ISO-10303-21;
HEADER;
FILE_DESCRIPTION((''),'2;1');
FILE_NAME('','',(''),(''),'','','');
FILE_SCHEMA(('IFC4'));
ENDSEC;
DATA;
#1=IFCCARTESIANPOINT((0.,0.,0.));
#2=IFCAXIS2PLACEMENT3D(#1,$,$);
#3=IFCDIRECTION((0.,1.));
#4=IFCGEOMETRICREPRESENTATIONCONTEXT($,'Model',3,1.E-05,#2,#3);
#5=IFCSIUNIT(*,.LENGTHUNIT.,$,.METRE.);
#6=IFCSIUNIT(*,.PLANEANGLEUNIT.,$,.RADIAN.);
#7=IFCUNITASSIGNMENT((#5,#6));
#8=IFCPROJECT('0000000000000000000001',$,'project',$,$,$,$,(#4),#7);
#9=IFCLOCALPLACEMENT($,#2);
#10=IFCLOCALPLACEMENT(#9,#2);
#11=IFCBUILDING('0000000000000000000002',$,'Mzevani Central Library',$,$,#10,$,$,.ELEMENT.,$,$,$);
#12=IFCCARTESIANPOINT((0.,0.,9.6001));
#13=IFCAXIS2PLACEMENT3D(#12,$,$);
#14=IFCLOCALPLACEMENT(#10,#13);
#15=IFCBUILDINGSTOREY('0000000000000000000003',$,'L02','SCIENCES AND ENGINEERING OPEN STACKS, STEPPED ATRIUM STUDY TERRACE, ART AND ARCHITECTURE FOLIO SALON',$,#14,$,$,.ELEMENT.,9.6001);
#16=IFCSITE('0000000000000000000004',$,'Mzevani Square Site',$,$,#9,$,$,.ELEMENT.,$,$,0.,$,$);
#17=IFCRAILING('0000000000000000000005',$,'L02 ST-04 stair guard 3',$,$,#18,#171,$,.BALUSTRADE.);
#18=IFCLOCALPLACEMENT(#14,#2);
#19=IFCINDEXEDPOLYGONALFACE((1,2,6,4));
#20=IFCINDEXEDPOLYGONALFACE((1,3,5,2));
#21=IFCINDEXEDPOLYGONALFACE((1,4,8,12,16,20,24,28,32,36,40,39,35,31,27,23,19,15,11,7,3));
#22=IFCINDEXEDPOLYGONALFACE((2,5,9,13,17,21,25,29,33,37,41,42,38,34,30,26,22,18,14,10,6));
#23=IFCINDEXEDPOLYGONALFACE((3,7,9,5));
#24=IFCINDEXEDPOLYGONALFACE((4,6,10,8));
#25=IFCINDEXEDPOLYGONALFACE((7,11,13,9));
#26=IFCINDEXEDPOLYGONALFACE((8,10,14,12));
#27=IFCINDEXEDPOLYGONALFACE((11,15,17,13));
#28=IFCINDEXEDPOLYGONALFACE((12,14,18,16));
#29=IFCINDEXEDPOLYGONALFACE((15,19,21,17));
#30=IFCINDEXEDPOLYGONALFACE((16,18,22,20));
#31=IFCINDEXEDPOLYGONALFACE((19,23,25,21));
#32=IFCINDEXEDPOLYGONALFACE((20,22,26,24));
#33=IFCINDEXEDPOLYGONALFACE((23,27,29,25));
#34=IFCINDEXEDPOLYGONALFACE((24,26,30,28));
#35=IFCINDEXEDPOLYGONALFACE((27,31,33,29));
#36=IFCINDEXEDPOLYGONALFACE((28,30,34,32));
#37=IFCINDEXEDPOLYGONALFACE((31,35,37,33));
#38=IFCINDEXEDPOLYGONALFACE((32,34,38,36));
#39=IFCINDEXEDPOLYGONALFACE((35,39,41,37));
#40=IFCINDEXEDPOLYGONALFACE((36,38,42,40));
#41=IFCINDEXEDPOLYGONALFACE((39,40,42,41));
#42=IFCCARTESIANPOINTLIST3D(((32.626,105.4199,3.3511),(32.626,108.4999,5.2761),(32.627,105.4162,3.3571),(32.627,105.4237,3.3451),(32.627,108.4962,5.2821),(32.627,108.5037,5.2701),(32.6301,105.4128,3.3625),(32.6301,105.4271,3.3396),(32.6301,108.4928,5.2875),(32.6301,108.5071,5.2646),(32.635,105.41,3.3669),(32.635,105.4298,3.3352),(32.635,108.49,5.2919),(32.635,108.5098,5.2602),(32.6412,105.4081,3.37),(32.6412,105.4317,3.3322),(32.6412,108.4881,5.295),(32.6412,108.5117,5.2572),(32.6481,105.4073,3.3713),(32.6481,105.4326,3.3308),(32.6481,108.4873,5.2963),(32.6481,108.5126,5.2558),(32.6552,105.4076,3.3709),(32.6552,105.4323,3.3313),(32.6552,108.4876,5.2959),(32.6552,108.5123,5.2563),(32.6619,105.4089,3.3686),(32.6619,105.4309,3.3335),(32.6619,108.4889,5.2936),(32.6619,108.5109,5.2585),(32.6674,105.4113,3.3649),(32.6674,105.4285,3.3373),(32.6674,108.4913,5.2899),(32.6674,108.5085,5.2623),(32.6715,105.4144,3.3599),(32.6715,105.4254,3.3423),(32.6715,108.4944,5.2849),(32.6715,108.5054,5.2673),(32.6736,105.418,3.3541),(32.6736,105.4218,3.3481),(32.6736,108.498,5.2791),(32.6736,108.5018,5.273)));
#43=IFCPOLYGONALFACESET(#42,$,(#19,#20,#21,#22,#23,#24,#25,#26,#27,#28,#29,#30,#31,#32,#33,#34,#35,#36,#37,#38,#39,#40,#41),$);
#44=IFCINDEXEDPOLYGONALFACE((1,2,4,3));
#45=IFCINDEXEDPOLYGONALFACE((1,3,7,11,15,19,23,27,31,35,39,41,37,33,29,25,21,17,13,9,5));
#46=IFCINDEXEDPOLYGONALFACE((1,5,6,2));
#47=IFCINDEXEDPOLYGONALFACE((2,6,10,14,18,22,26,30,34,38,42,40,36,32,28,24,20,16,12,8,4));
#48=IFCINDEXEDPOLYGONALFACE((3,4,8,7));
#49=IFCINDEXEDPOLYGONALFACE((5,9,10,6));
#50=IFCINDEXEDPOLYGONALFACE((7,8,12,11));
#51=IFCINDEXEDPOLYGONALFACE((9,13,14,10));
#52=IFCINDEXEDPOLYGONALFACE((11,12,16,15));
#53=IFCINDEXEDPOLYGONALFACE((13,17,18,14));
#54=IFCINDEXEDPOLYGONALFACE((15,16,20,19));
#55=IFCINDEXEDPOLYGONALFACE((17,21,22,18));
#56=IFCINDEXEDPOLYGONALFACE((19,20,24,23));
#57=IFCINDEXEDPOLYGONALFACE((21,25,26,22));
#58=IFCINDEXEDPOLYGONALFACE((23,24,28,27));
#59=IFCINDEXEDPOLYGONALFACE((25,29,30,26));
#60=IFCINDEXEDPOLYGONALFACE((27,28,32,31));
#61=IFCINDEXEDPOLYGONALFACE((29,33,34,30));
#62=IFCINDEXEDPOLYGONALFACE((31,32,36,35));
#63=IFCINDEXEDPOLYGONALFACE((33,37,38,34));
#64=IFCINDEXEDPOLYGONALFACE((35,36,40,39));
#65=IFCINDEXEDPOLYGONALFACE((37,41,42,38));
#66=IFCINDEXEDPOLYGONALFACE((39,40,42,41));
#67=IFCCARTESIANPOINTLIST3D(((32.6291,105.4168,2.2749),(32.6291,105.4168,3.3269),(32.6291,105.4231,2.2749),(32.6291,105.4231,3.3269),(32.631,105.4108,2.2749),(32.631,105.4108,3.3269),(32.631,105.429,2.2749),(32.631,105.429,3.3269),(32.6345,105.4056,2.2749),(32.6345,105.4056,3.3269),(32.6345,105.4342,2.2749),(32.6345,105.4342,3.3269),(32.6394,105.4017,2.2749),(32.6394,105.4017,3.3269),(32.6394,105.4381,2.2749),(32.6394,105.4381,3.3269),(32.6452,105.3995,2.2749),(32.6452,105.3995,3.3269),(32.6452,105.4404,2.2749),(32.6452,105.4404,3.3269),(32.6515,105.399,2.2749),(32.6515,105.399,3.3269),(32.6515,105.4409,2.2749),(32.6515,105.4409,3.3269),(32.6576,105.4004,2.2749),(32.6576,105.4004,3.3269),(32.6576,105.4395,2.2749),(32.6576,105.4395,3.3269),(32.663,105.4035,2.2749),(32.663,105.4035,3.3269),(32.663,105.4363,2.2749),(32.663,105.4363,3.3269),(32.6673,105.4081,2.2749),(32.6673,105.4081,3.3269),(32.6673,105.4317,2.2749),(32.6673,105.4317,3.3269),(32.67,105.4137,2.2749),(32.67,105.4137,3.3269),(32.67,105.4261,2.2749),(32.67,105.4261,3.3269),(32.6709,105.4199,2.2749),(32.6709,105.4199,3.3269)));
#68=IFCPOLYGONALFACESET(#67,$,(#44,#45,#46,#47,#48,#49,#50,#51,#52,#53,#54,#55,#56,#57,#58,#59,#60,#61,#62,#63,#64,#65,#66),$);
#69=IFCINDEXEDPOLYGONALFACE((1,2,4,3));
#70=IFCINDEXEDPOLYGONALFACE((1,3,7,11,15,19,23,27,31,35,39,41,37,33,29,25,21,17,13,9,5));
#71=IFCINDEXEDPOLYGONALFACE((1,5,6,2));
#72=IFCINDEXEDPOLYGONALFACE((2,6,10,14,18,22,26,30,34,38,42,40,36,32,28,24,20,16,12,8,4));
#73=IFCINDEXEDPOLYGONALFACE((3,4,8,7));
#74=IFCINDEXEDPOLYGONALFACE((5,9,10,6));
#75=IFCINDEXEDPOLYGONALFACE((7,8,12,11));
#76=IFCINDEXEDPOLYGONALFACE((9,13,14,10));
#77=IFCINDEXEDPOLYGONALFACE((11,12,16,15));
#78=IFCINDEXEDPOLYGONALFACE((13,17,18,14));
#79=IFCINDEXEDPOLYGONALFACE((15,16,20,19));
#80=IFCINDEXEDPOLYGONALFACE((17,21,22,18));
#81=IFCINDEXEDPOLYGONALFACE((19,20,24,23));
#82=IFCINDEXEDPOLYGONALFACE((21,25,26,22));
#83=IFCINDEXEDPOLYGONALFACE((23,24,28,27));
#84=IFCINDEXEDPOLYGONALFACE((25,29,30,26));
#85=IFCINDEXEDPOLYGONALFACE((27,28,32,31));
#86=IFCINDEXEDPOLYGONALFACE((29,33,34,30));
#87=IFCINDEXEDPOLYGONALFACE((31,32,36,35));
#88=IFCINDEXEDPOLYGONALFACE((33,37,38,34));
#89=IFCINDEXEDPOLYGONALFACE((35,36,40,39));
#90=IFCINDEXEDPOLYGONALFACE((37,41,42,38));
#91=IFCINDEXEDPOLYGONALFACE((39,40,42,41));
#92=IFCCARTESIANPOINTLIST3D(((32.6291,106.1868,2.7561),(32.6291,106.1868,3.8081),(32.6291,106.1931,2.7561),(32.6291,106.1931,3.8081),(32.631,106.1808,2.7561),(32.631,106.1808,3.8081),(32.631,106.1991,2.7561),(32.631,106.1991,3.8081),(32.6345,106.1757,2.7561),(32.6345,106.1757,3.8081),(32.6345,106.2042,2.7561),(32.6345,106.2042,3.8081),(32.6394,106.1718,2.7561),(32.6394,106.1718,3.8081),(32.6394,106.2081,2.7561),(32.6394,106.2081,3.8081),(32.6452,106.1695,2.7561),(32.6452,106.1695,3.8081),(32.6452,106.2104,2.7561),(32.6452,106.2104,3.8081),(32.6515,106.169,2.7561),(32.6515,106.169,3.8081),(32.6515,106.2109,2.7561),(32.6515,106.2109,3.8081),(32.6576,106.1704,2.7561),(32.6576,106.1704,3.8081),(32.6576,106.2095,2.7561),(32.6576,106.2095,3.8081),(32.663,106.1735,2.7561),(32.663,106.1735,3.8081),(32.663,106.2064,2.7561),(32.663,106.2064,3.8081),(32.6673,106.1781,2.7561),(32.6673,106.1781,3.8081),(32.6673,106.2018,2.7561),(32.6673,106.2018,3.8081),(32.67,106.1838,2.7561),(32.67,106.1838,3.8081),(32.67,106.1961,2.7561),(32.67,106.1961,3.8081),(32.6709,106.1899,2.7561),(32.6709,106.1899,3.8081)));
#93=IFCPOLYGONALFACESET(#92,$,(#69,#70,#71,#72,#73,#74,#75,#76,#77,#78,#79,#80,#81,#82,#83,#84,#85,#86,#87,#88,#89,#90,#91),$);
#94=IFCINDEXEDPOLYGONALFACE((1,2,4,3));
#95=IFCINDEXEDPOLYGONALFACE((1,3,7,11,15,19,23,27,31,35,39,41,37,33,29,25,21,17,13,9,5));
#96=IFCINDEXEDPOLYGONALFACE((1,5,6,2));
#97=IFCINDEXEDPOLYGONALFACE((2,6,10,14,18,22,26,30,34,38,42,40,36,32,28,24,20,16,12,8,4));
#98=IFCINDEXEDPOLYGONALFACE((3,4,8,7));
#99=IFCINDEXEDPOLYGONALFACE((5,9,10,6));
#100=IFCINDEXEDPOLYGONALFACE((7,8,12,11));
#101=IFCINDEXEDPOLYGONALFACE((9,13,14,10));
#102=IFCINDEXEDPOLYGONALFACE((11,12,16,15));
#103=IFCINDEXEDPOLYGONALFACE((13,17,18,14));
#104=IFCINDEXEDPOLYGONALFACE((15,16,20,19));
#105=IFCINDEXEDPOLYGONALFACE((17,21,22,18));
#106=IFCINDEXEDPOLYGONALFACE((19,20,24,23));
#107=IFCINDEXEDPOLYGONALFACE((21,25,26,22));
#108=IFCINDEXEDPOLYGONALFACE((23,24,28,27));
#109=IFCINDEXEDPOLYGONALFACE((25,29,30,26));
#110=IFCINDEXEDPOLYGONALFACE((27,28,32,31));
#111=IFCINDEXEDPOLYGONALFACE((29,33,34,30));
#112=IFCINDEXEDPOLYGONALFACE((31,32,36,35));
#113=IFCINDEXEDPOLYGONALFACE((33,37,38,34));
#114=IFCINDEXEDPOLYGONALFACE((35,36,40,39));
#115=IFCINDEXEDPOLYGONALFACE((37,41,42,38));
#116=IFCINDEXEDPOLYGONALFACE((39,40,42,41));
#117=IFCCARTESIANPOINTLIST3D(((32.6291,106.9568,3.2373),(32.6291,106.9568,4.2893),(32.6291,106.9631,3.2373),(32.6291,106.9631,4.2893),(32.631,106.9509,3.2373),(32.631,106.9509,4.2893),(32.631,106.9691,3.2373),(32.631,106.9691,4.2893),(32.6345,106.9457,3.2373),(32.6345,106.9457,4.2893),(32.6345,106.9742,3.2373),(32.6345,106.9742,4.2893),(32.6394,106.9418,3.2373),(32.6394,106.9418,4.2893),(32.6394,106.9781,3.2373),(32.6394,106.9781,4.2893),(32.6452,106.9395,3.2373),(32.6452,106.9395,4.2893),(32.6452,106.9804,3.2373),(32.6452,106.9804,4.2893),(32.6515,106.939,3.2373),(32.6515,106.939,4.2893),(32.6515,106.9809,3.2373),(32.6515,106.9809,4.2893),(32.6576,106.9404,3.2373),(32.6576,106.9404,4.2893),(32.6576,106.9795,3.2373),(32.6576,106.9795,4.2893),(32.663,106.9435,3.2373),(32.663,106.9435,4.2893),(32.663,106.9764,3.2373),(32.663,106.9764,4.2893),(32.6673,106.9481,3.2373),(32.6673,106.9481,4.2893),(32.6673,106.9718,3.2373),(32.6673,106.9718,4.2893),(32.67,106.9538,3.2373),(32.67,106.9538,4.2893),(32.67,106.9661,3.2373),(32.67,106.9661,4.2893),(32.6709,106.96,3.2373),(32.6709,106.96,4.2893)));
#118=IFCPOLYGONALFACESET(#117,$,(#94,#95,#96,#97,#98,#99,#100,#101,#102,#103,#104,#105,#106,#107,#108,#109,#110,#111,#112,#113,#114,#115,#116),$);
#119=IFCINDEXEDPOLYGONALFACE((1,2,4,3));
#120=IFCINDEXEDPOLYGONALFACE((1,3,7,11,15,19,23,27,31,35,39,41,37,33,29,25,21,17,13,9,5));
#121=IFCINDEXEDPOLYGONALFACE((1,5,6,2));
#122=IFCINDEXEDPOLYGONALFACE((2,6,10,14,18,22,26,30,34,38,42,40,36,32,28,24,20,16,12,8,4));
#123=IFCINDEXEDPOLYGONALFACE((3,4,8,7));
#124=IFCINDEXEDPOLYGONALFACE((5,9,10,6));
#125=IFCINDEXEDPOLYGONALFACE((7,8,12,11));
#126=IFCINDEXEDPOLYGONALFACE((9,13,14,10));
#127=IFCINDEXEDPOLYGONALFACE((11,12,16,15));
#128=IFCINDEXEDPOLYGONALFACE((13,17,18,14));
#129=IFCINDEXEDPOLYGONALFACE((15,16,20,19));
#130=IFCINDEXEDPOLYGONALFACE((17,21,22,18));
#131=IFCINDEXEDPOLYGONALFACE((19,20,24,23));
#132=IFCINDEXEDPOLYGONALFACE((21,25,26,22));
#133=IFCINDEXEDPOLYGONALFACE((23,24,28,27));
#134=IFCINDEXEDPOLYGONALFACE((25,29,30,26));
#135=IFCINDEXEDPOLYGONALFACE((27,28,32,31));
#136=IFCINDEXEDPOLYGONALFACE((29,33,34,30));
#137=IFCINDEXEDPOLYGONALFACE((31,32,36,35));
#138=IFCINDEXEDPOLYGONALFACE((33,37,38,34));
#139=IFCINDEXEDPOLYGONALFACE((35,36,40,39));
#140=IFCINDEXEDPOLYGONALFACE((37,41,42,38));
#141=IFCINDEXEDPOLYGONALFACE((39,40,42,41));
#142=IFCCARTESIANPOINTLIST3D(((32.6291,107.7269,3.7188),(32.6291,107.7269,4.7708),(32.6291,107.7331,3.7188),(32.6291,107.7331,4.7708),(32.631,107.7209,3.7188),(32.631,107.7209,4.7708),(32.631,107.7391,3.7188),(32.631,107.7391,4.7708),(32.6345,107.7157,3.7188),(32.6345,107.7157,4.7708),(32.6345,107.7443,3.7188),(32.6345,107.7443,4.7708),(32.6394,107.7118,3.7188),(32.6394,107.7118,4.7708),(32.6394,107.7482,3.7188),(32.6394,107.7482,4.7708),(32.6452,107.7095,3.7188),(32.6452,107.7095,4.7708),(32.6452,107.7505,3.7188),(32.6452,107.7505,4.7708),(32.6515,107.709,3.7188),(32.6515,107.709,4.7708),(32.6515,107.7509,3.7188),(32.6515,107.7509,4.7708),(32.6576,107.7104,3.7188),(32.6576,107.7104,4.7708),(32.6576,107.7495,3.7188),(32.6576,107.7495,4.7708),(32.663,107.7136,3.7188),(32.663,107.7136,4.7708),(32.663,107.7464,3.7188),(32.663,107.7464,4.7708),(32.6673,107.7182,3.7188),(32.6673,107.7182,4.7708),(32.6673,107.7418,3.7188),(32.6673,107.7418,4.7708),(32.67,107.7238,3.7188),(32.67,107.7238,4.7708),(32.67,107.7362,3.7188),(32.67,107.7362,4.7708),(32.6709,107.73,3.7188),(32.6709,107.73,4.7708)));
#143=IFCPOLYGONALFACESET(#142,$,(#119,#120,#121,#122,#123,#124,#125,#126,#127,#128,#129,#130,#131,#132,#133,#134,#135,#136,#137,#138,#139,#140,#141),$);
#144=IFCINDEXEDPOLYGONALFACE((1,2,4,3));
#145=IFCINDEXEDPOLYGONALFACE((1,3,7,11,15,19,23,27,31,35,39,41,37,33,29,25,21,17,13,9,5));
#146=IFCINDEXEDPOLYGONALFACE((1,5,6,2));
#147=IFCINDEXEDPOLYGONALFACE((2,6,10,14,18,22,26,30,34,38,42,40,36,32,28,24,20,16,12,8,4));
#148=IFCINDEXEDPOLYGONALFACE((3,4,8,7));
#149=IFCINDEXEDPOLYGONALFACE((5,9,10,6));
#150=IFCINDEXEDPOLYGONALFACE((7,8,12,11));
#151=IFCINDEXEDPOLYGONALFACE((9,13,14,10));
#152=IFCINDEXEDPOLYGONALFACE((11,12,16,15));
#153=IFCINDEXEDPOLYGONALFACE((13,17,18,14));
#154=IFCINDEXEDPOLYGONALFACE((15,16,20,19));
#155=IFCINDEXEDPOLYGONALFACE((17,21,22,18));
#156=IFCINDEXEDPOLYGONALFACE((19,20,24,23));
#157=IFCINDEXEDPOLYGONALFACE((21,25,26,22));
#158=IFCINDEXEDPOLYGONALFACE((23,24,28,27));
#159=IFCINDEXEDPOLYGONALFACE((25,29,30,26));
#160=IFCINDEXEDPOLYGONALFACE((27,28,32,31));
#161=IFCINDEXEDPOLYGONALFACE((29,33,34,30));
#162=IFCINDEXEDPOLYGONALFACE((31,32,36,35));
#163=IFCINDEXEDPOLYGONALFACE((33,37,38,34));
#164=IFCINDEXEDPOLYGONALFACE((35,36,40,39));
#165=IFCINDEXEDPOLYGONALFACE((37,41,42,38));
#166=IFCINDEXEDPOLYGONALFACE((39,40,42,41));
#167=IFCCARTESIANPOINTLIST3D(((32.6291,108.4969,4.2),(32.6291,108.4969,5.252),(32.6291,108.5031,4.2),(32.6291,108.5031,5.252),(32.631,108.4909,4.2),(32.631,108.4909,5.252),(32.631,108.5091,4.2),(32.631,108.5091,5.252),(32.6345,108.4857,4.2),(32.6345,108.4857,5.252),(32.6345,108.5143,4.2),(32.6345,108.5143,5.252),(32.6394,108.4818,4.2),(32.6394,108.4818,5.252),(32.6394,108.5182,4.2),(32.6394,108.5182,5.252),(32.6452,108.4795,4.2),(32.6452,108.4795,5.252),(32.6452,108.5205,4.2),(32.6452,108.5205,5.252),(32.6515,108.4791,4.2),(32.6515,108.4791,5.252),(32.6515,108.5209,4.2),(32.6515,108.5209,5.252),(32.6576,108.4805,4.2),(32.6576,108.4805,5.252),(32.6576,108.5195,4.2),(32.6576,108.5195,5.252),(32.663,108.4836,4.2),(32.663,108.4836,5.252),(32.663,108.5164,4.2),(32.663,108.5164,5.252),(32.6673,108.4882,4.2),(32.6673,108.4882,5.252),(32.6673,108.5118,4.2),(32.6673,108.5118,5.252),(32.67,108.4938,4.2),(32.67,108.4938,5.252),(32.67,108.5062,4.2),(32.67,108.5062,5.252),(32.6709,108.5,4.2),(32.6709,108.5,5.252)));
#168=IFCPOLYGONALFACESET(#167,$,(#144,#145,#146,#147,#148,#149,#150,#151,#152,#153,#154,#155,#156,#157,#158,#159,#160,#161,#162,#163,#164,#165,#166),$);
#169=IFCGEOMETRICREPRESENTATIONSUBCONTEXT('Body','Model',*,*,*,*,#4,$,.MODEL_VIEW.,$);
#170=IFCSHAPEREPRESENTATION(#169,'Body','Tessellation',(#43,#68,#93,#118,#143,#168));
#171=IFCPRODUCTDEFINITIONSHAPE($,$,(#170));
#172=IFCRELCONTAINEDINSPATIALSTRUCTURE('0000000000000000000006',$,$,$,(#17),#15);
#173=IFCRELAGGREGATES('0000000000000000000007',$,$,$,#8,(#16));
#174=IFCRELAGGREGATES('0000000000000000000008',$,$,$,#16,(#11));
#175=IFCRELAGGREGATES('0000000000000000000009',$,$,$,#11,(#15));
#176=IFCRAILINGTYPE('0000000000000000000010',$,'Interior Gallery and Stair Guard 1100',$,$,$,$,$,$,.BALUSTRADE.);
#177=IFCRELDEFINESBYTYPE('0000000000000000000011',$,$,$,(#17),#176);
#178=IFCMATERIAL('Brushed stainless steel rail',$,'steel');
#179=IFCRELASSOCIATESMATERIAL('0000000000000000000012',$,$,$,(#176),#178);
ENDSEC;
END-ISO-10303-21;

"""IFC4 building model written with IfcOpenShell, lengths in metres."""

from ifc_helpers import new_model, si_unit, direction, frame, origin, origin_2d, place, context, subcontext, project, spatial, circle, extrude, material, type_object, element, save


model = new_model("IFC4")

# Units and contexts
model_context = context("Model", 3, precision=1e-05, world=origin(), true_north=direction((0.0, 1.0)))
body_context = subcontext(model_context, "Body", "Model", "MODEL_VIEW")
ifc_project = project(units=[si_unit("LENGTHUNIT", "METRE"), si_unit("PLANEANGLEUNIT", "RADIAN")], contexts=[model_context])

# Site, building, storey
site_placement = place(None, origin())
site = spatial("IfcSite", under=ifc_project, at=site_placement, Name="Mzevani Square Site", CompositionType="ELEMENT", RefElevation=0.0)
building_placement = place(site_placement, origin())
building = spatial("IfcBuilding", under=site, at=building_placement, Name="Mzevani Central Library", CompositionType="ELEMENT")
storey_placement = place(building_placement, frame((0.0, 0.0, 9.6001)))
storey = spatial("IfcBuildingStorey", under=building, at=storey_placement, Name="L02", Description="SCIENCES AND ENGINEERING OPEN STACKS, STEPPED ATRIUM STUDY TERRACE, ART AND ARCHITECTURE FOLIO SALON", CompositionType="ELEMENT", Elevation=9.6001)

# Railing
ifc_material_1 = material(Name="Brushed stainless steel rail", Category="steel")
railing_type_1 = type_object("IfcRailingType", Name="Interior Gallery and Stair Guard 1100", PredefinedType="BALUSTRADE", material=ifc_material_1)
railing_1_placement = place(storey_placement, frame((32.6499, 105.4199, 2.2749)))
element("IfcRailing", 1, at=railing_1_placement, inside=storey, type_object=railing_type_1, Name="L02 ST-04 stair guard 3", PredefinedType="BALUSTRADE", context=body_context, shape_type="SweptSolid", body=[
    extrude(circle(Radius=0.0239, at=origin_2d()), frame((0.0, 0.0, 1.0762), z_axis=(0.0, 0.847998, 0.529999), x_axis=(-1.0, 0.0, 0.0)), (0.0, 0.0, 1.0), 3.6321),
    extrude(circle(Radius=0.021, at=origin_2d()), origin(), (0.0, 0.0, 1.0), 1.052),
    extrude(circle(Radius=0.021, at=origin_2d()), frame((0.0, 0.77, 0.4812)), (0.0, 0.0, 1.0), 1.052),
    extrude(circle(Radius=0.021, at=origin_2d()), frame((0.0, 1.54, 0.9624)), (0.0, 0.0, 1.0), 1.052),
    extrude(circle(Radius=0.021, at=origin_2d()), frame((0.0, 2.3101, 1.4438)), (0.0, 0.0, 1.0), 1.052),
    extrude(circle(Radius=0.021, at=origin_2d()), frame((0.0, 3.0801, 1.925)), (0.0, 0.0, 1.0), 1.052),
])

save(model, "model.ifc")
